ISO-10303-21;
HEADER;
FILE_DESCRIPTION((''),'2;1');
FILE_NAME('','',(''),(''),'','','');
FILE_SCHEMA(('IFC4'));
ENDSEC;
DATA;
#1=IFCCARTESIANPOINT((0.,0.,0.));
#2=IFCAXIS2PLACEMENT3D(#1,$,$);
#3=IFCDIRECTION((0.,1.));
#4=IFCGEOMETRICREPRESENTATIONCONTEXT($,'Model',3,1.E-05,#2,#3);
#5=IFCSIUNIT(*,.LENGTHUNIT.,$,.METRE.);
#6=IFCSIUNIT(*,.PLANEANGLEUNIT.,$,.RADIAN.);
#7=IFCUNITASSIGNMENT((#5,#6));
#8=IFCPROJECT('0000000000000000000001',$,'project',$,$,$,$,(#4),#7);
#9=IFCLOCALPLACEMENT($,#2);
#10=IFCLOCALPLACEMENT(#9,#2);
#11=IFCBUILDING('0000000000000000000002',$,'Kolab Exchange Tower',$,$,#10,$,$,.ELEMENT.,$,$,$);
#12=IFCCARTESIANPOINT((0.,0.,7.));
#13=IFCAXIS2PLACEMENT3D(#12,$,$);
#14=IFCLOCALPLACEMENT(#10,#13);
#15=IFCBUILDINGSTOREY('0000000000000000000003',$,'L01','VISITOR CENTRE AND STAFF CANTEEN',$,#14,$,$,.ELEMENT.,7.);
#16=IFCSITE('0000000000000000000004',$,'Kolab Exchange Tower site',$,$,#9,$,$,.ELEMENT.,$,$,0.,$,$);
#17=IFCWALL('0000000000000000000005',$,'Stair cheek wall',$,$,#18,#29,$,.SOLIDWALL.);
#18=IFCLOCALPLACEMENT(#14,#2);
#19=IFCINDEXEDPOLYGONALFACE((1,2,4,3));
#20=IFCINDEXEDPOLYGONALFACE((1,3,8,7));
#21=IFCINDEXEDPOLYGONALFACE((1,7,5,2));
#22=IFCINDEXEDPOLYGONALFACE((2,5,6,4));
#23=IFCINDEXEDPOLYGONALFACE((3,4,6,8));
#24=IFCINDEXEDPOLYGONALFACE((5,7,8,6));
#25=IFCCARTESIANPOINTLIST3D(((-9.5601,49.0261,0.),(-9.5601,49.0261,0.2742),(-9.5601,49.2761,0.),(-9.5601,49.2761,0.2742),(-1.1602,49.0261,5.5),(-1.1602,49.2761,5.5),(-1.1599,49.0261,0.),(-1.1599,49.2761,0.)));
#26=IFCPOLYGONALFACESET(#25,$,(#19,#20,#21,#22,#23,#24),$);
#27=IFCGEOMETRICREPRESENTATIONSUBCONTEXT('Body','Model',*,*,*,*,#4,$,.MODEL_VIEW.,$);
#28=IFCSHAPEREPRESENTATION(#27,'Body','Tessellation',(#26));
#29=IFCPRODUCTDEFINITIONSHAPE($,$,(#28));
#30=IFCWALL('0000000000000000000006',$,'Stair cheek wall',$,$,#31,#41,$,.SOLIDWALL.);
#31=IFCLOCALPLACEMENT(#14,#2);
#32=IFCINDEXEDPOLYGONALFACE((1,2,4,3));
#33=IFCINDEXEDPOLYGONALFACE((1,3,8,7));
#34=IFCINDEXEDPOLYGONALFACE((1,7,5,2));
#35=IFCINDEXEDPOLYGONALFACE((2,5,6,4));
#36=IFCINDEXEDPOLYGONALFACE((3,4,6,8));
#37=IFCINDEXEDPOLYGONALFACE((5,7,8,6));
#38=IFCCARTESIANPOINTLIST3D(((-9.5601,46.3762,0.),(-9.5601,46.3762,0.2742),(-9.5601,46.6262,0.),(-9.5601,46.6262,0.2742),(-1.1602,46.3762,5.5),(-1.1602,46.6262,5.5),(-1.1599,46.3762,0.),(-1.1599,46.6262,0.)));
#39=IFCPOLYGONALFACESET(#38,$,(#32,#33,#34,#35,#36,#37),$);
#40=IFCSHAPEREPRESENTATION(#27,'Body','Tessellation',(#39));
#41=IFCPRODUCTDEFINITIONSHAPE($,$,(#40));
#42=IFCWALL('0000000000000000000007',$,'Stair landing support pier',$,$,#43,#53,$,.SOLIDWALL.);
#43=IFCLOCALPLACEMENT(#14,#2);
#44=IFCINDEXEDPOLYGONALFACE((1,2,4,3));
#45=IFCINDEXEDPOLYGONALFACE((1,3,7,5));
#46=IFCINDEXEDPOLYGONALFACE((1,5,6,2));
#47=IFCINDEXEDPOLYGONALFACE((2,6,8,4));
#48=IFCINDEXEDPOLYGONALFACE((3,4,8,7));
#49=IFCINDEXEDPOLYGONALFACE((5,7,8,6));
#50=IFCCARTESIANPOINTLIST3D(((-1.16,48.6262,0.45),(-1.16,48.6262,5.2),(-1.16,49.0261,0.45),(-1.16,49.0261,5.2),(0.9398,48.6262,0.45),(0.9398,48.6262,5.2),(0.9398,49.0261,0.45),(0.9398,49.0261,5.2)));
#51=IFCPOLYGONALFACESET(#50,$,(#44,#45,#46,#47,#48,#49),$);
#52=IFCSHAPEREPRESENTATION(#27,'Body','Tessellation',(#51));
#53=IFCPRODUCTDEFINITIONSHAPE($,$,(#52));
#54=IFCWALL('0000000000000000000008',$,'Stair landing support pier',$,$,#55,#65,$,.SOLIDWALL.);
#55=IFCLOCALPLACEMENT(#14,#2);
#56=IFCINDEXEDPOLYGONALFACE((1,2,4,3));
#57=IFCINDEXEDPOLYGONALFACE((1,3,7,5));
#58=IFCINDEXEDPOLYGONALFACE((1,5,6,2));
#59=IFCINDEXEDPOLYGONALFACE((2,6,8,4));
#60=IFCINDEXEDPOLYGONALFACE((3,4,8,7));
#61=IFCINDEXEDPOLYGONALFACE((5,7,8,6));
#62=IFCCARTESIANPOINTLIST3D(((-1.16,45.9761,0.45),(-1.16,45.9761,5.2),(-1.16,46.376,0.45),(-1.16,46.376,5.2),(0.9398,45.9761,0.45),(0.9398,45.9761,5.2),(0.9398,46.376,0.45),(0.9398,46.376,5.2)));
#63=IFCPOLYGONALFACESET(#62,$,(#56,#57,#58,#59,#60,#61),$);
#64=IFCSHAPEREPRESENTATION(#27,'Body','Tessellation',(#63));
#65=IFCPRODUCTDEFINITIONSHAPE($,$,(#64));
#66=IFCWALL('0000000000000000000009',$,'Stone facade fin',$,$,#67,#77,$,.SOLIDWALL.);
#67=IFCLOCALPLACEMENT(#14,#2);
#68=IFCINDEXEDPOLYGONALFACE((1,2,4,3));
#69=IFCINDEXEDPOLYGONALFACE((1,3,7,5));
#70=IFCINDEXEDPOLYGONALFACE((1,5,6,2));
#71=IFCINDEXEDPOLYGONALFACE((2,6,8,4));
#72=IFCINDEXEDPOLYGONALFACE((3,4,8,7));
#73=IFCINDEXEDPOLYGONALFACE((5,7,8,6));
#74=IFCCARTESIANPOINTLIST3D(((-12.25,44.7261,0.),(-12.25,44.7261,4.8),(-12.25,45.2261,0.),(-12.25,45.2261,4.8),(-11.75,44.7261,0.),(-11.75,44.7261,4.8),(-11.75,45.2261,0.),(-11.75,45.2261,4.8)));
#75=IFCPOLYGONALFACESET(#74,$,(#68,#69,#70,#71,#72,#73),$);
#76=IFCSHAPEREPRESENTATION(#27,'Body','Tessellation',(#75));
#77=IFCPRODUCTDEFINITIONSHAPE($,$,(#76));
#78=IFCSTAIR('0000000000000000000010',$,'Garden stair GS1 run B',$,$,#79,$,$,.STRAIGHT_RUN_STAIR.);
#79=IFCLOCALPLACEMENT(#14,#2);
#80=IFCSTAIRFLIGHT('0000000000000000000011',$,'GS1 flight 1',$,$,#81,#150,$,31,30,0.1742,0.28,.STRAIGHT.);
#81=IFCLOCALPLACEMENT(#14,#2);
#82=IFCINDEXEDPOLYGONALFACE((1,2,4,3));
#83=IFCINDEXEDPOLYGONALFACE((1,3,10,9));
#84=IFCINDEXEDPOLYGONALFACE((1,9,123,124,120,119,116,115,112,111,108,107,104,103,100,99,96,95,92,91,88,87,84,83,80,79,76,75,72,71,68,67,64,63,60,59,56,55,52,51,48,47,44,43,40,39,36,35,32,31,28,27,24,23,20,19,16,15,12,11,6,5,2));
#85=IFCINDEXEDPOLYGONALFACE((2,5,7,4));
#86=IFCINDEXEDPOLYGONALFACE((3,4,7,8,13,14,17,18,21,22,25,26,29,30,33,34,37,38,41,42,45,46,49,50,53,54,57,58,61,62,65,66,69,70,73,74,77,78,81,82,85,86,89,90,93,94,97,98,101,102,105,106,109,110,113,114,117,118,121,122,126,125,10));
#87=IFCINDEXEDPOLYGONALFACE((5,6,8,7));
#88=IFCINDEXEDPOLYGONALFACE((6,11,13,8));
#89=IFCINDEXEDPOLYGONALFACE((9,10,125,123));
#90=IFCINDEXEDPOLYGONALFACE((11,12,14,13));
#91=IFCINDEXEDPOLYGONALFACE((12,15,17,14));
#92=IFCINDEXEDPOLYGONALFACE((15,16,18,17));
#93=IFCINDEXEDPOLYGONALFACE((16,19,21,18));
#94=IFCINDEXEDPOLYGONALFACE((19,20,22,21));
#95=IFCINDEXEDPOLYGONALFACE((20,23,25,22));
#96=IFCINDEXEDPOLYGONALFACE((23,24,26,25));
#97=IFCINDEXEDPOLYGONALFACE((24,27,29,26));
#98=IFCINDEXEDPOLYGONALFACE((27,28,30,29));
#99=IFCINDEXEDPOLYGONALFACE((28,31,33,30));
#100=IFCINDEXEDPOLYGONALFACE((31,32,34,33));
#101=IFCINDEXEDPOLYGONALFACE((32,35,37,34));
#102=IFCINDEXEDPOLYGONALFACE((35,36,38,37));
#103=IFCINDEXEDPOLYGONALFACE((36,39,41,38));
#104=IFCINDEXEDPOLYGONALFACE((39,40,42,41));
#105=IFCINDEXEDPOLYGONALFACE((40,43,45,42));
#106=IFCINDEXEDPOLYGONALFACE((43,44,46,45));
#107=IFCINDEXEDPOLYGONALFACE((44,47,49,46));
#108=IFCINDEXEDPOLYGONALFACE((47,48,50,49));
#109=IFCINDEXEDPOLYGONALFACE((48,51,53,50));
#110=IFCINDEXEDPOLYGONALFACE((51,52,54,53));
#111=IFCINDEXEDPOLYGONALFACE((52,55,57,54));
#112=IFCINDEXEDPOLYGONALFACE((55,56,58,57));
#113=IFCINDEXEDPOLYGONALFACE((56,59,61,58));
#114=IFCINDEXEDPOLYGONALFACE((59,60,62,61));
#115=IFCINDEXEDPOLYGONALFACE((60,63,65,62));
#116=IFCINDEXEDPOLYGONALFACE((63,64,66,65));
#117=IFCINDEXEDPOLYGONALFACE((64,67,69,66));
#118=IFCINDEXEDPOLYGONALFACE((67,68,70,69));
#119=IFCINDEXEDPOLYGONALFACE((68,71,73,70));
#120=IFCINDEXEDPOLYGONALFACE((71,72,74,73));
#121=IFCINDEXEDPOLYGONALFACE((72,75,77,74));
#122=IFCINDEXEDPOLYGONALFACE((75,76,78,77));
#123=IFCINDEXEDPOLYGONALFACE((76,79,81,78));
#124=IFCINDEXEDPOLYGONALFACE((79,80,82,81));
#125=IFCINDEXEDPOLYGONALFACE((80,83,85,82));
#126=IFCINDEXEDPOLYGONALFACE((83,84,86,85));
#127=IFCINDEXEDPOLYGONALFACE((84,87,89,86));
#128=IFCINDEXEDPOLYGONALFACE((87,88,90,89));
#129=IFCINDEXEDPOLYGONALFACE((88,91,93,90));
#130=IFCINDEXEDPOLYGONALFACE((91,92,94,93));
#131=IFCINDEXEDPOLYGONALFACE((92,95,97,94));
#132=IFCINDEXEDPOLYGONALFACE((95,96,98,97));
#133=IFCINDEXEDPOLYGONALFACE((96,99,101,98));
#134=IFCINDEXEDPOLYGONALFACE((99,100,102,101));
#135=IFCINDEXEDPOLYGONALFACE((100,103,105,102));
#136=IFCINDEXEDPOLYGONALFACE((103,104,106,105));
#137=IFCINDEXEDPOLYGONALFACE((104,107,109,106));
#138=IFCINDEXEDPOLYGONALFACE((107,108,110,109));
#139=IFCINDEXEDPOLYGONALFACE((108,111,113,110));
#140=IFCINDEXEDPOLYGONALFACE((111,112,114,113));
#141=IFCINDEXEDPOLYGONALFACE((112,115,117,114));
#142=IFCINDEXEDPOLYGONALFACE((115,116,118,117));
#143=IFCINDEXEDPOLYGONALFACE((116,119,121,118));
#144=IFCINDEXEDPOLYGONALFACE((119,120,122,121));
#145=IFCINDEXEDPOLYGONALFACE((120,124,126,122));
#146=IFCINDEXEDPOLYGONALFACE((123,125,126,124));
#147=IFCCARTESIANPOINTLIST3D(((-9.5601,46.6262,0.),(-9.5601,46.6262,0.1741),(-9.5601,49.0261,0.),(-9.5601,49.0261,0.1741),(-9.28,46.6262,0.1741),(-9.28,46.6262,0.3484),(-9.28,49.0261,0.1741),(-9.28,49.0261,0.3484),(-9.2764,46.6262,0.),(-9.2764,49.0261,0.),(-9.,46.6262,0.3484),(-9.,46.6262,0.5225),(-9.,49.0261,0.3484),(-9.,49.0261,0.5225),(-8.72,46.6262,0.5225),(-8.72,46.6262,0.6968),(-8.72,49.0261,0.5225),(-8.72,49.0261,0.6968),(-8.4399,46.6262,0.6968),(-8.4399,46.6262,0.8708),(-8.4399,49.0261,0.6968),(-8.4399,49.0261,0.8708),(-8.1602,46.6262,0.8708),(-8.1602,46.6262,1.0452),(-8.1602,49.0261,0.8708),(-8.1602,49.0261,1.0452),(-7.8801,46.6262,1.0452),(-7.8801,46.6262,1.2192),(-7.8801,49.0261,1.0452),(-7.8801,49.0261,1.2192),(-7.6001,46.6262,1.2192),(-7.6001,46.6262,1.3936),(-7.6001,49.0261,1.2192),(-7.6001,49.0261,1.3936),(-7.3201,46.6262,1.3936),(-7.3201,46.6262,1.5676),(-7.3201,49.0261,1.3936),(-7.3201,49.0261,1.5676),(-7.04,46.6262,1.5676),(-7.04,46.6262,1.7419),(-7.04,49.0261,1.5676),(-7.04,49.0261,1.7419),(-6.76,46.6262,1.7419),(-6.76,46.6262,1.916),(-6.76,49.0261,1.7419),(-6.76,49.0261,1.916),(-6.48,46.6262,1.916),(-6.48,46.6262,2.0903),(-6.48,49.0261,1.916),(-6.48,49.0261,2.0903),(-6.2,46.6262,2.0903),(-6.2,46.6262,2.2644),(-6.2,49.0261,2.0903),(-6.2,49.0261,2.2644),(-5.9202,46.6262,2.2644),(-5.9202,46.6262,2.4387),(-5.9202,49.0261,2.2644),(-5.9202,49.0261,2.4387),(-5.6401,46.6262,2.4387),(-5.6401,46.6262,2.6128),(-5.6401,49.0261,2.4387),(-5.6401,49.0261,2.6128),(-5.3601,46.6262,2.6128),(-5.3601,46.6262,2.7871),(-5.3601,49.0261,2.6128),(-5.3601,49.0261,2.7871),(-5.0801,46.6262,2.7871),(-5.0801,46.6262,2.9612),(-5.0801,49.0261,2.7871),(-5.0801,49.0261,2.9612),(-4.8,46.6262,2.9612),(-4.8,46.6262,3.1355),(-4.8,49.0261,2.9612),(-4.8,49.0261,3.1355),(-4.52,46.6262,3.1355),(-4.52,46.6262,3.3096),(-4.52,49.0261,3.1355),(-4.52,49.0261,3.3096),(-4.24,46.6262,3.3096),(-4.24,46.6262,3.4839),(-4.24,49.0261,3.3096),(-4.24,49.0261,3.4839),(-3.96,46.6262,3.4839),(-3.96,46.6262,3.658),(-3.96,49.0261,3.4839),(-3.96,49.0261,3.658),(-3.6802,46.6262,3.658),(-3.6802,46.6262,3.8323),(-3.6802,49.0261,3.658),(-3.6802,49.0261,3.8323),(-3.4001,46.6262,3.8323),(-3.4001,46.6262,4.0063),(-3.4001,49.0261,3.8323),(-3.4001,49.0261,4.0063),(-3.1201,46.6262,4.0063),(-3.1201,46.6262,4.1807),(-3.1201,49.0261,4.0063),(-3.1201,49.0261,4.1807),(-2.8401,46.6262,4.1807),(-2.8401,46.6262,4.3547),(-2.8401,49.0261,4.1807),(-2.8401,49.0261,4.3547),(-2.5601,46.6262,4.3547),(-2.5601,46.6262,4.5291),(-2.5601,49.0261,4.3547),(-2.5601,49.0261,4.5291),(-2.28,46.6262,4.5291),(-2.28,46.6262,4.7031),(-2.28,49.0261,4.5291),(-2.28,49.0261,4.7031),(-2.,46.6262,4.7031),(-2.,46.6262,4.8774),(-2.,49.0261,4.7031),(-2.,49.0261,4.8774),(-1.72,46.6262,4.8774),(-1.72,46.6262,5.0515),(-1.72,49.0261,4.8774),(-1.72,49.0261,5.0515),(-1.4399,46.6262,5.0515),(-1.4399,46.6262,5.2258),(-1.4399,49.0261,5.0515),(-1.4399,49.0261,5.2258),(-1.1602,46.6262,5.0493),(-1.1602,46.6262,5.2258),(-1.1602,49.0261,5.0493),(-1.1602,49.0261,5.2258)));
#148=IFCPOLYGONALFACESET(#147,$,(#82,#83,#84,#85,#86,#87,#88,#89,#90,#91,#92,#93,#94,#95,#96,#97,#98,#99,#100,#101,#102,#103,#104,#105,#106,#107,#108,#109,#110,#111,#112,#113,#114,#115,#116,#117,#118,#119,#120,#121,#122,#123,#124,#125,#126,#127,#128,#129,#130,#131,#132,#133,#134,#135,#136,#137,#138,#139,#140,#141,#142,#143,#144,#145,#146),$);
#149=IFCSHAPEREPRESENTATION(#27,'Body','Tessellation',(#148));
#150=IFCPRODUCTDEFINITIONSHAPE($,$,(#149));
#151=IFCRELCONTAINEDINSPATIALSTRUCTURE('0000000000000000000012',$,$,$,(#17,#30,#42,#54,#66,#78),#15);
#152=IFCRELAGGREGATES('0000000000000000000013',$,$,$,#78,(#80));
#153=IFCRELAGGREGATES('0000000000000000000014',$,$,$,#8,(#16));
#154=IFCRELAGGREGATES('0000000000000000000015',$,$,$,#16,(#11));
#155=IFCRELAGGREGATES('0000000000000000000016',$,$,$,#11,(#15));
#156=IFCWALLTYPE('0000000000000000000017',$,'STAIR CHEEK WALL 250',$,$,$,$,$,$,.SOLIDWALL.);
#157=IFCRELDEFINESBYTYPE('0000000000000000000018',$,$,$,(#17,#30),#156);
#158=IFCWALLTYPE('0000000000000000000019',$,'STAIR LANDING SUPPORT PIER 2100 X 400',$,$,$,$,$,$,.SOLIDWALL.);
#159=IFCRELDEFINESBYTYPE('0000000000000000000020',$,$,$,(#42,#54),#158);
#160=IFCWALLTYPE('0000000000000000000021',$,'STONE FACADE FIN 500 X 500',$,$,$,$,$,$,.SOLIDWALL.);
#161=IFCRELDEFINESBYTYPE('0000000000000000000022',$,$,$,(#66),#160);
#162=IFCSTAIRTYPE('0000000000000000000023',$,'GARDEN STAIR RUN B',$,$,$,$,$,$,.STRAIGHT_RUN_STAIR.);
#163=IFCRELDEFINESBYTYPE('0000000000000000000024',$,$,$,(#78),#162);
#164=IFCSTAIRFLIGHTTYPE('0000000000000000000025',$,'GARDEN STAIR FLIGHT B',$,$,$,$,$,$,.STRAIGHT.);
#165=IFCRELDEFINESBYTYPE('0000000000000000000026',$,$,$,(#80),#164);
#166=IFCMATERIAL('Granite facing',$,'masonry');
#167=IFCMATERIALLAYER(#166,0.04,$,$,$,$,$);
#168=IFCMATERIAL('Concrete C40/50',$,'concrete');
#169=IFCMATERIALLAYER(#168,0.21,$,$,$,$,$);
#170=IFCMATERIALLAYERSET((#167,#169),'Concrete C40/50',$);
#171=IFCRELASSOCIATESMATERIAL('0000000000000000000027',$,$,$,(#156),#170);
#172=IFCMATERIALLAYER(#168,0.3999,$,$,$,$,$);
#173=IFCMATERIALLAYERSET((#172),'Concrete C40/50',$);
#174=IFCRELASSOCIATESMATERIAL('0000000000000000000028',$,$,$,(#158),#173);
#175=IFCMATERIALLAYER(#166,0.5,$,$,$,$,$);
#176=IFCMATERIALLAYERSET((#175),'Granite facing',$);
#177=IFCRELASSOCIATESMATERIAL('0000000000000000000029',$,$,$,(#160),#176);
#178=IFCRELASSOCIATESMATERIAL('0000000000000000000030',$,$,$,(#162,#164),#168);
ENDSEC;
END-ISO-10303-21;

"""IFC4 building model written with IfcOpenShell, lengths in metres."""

from ifc_helpers import new_model, si_unit, direction, frame, frame_2d, origin, place, context, subcontext, project, spatial, polyline, rectangle, outline, extrude, material, layer, layer_set, type_object, element, aggregate, save


model = new_model("IFC4")

# Units and contexts
model_context = context("Model", 3, precision=1e-05, world=origin(), true_north=direction((0.0, 1.0)))
body_context = subcontext(model_context, "Body", "Model", "MODEL_VIEW")
ifc_project = project(units=[si_unit("LENGTHUNIT", "METRE"), si_unit("PLANEANGLEUNIT", "RADIAN")], contexts=[model_context])

# Site, building, storey
site_placement = place(None, origin())
site = spatial("IfcSite", under=ifc_project, at=site_placement, Name="Kolab Exchange Tower site", CompositionType="ELEMENT", RefElevation=0.0)
building_placement = place(site_placement, origin())
building = spatial("IfcBuilding", under=site, at=building_placement, Name="Kolab Exchange Tower", CompositionType="ELEMENT")
storey_placement = place(building_placement, frame((0.0, 0.0, 7.0)))
storey = spatial("IfcBuildingStorey", under=building, at=storey_placement, Name="L01", Description="VISITOR CENTRE AND STAFF CANTEEN", CompositionType="ELEMENT", Elevation=7.0)

# Walls
ifc_material_1 = material(Name="Granite facing", Category="masonry")
ifc_layer_1 = layer(ifc_material_1, 0.04)
ifc_material_2 = material(Name="Concrete C40/50", Category="concrete")
ifc_layer_2 = layer(ifc_material_2, 0.21)
ifc_layer_set_1 = layer_set([ifc_layer_1, ifc_layer_2], Name="Concrete C40/50")
wall_type_1 = type_object("IfcWallType", Name="STAIR CHEEK WALL 250", PredefinedType="SOLIDWALL", material=ifc_layer_set_1)
for number, where, z_axis, x_axis, name in (
    (1, (-9.5601, 49.1511, 0.0), (0.0, 0.0, 1.0), (1.0, 0.0, 0.0), "Stair cheek wall"),
    (2, (-9.5601, 46.5012, 0.0), (0.0, 0.0, 1.0), (1.0, 0.0, 0.0), "Stair cheek wall"),
):
    element("IfcWall", number, at=place(storey_placement, frame(where, z_axis=z_axis, x_axis=x_axis)), inside=storey, type_object=wall_type_1, Name=name, PredefinedType="SOLIDWALL", context=body_context, shape_type="SweptSolid", body=[
        extrude(outline(polyline([(0.0, 0.0), (8.4001, 0.0), (8.3999, 5.5), (0.0, 0.2742), (0.0, 0.0)])), frame((0.0, 0.125, 0.0), z_axis=(0.0, -1.0, 0.0), x_axis=(1.0, 0.0, 0.0)), (0.0, 0.0, 1.0), 0.25),
    ])
ifc_layer_3 = layer(ifc_material_2, 0.3999)
ifc_layer_set_2 = layer_set([ifc_layer_3], Name="Concrete C40/50")
wall_type_2 = type_object("IfcWallType", Name="STAIR LANDING SUPPORT PIER 2100 X 400", PredefinedType="SOLIDWALL", material=ifc_layer_set_2)
for number, where, z_axis, x_axis, name in (
    (3, (-1.1599, 48.8262, 0.45), (0.0, 0.0, 1.0), (1.0, 0.0, 0.0), "Stair landing support pier"),
    (4, (-1.1599, 46.176, 0.45), (0.0, 0.0, 1.0), (1.0, 0.0, 0.0), "Stair landing support pier"),
):
    element("IfcWall", number, at=place(storey_placement, frame(where, z_axis=z_axis, x_axis=x_axis)), inside=storey, type_object=wall_type_2, Name=name, PredefinedType="SOLIDWALL", context=body_context, shape_type="SweptSolid", body=[
        extrude(rectangle(XDim=2.0999, YDim=0.3999, at=frame_2d((1.0498, 0.0))), origin(), (0.0, 0.0, 1.0), 4.75),
    ])
ifc_layer_4 = layer(ifc_material_1, 0.5)
ifc_layer_set_3 = layer_set([ifc_layer_4], Name="Granite facing")
wall_type_3 = type_object("IfcWallType", Name="STONE FACADE FIN 500 X 500", PredefinedType="SOLIDWALL", material=ifc_layer_set_3)
wall_1_placement = place(storey_placement, frame((-12.25, 44.9761, 0.0), z_axis=(0.0, 0.0, 1.0), x_axis=(1.0, 0.0, 0.0)))
element("IfcWall", 5, at=wall_1_placement, inside=storey, type_object=wall_type_3, Name="Stone facade fin", PredefinedType="SOLIDWALL", context=body_context, shape_type="SweptSolid", body=[
    extrude(rectangle(XDim=0.5, YDim=0.5, at=frame_2d((0.25, 0.0))), origin(), (0.0, 0.0, 1.0), 4.8),
])

# Stair, stair flight
stair_type = type_object("IfcStairType", Name="GARDEN STAIR RUN B", PredefinedType="STRAIGHT_RUN_STAIR", material=ifc_material_2)
stair_placement = place(storey_placement, origin())
stair = element("IfcStair", 6, at=stair_placement, inside=storey, type_object=stair_type, Name="Garden stair GS1 run B", PredefinedType="STRAIGHT_RUN_STAIR")
stair_flight_type = type_object("IfcStairFlightType", Name="GARDEN STAIR FLIGHT B", PredefinedType="STRAIGHT", material=ifc_material_2)
stair_flight_placement = place(storey_placement, frame((-9.5601, 47.8262, 0.0), z_axis=(0.0, 0.0, 1.0), x_axis=(1.0, 0.0, 0.0)))
stair_flight = element("IfcStairFlight", 7, at=stair_flight_placement, type_object=stair_flight_type, Name="GS1 flight 1", NumberOfRisers=31, NumberOfTreads=30, PredefinedType="STRAIGHT", RiserHeight=0.1742, TreadLength=0.28, context=body_context, shape_type="SweptSolid", body=[
    extrude(outline(polyline([(0.0, 0.0), (0.0, 0.1741), (0.28, 0.1741), (0.28, 0.3484), (0.5601, 0.3484), (0.5601, 0.5225), (0.8401, 0.5225), (0.8401, 0.6968), (1.1201, 0.6968), (1.1201, 0.8708), (1.3999, 0.8708), (1.3999, 1.0452), (1.6799, 1.0452), (1.6799, 1.2192), (1.96, 1.2192), (1.96, 1.3936), (2.24, 1.3936), (2.24, 1.5676), (2.52, 1.5676), (2.52, 1.7419), (2.8, 1.7419), (2.8, 1.916), (3.0801, 1.916), (3.0801, 2.0903), (3.3601, 2.0903), (3.3601, 2.2644), (3.6399, 2.2644), (3.6399, 2.4387), (3.9199, 2.4387), (3.9199, 2.6128), (4.2, 2.6128), (4.2, 2.7871), (4.48, 2.7871), (4.48, 2.9612), (4.76, 2.9612), (4.76, 3.1355), (5.04, 3.1355), (5.04, 3.3096), (5.3201, 3.3096), (5.3201, 3.4839), (5.6001, 3.4839), (5.6001, 3.658), (5.8799, 3.658), (5.8799, 3.8323), (6.1599, 3.8323), (6.1599, 4.0063), (6.4399, 4.0063), (6.4399, 4.1807), (6.72, 4.1807), (6.72, 4.3547), (7.0, 4.3547), (7.0, 4.5291), (7.28, 4.5291), (7.28, 4.7031), (7.5601, 4.7031), (7.5601, 4.8774), (7.8401, 4.8774), (7.8401, 5.0515), (8.1201, 5.0515), (8.1201, 5.2258), (8.3999, 5.2258), (8.3999, 5.3999), (8.3999, 5.0493), (0.2837, 0.0), (0.0, 0.0)])), frame((0.0, 1.2, 0.0), z_axis=(0.0, -1.0, 0.0), x_axis=(1.0, 0.0, 0.0)), (0.0, 0.0, 1.0), 2.3999),
])
aggregate(stair, [stair_flight])

save(model, "model.ifc")
